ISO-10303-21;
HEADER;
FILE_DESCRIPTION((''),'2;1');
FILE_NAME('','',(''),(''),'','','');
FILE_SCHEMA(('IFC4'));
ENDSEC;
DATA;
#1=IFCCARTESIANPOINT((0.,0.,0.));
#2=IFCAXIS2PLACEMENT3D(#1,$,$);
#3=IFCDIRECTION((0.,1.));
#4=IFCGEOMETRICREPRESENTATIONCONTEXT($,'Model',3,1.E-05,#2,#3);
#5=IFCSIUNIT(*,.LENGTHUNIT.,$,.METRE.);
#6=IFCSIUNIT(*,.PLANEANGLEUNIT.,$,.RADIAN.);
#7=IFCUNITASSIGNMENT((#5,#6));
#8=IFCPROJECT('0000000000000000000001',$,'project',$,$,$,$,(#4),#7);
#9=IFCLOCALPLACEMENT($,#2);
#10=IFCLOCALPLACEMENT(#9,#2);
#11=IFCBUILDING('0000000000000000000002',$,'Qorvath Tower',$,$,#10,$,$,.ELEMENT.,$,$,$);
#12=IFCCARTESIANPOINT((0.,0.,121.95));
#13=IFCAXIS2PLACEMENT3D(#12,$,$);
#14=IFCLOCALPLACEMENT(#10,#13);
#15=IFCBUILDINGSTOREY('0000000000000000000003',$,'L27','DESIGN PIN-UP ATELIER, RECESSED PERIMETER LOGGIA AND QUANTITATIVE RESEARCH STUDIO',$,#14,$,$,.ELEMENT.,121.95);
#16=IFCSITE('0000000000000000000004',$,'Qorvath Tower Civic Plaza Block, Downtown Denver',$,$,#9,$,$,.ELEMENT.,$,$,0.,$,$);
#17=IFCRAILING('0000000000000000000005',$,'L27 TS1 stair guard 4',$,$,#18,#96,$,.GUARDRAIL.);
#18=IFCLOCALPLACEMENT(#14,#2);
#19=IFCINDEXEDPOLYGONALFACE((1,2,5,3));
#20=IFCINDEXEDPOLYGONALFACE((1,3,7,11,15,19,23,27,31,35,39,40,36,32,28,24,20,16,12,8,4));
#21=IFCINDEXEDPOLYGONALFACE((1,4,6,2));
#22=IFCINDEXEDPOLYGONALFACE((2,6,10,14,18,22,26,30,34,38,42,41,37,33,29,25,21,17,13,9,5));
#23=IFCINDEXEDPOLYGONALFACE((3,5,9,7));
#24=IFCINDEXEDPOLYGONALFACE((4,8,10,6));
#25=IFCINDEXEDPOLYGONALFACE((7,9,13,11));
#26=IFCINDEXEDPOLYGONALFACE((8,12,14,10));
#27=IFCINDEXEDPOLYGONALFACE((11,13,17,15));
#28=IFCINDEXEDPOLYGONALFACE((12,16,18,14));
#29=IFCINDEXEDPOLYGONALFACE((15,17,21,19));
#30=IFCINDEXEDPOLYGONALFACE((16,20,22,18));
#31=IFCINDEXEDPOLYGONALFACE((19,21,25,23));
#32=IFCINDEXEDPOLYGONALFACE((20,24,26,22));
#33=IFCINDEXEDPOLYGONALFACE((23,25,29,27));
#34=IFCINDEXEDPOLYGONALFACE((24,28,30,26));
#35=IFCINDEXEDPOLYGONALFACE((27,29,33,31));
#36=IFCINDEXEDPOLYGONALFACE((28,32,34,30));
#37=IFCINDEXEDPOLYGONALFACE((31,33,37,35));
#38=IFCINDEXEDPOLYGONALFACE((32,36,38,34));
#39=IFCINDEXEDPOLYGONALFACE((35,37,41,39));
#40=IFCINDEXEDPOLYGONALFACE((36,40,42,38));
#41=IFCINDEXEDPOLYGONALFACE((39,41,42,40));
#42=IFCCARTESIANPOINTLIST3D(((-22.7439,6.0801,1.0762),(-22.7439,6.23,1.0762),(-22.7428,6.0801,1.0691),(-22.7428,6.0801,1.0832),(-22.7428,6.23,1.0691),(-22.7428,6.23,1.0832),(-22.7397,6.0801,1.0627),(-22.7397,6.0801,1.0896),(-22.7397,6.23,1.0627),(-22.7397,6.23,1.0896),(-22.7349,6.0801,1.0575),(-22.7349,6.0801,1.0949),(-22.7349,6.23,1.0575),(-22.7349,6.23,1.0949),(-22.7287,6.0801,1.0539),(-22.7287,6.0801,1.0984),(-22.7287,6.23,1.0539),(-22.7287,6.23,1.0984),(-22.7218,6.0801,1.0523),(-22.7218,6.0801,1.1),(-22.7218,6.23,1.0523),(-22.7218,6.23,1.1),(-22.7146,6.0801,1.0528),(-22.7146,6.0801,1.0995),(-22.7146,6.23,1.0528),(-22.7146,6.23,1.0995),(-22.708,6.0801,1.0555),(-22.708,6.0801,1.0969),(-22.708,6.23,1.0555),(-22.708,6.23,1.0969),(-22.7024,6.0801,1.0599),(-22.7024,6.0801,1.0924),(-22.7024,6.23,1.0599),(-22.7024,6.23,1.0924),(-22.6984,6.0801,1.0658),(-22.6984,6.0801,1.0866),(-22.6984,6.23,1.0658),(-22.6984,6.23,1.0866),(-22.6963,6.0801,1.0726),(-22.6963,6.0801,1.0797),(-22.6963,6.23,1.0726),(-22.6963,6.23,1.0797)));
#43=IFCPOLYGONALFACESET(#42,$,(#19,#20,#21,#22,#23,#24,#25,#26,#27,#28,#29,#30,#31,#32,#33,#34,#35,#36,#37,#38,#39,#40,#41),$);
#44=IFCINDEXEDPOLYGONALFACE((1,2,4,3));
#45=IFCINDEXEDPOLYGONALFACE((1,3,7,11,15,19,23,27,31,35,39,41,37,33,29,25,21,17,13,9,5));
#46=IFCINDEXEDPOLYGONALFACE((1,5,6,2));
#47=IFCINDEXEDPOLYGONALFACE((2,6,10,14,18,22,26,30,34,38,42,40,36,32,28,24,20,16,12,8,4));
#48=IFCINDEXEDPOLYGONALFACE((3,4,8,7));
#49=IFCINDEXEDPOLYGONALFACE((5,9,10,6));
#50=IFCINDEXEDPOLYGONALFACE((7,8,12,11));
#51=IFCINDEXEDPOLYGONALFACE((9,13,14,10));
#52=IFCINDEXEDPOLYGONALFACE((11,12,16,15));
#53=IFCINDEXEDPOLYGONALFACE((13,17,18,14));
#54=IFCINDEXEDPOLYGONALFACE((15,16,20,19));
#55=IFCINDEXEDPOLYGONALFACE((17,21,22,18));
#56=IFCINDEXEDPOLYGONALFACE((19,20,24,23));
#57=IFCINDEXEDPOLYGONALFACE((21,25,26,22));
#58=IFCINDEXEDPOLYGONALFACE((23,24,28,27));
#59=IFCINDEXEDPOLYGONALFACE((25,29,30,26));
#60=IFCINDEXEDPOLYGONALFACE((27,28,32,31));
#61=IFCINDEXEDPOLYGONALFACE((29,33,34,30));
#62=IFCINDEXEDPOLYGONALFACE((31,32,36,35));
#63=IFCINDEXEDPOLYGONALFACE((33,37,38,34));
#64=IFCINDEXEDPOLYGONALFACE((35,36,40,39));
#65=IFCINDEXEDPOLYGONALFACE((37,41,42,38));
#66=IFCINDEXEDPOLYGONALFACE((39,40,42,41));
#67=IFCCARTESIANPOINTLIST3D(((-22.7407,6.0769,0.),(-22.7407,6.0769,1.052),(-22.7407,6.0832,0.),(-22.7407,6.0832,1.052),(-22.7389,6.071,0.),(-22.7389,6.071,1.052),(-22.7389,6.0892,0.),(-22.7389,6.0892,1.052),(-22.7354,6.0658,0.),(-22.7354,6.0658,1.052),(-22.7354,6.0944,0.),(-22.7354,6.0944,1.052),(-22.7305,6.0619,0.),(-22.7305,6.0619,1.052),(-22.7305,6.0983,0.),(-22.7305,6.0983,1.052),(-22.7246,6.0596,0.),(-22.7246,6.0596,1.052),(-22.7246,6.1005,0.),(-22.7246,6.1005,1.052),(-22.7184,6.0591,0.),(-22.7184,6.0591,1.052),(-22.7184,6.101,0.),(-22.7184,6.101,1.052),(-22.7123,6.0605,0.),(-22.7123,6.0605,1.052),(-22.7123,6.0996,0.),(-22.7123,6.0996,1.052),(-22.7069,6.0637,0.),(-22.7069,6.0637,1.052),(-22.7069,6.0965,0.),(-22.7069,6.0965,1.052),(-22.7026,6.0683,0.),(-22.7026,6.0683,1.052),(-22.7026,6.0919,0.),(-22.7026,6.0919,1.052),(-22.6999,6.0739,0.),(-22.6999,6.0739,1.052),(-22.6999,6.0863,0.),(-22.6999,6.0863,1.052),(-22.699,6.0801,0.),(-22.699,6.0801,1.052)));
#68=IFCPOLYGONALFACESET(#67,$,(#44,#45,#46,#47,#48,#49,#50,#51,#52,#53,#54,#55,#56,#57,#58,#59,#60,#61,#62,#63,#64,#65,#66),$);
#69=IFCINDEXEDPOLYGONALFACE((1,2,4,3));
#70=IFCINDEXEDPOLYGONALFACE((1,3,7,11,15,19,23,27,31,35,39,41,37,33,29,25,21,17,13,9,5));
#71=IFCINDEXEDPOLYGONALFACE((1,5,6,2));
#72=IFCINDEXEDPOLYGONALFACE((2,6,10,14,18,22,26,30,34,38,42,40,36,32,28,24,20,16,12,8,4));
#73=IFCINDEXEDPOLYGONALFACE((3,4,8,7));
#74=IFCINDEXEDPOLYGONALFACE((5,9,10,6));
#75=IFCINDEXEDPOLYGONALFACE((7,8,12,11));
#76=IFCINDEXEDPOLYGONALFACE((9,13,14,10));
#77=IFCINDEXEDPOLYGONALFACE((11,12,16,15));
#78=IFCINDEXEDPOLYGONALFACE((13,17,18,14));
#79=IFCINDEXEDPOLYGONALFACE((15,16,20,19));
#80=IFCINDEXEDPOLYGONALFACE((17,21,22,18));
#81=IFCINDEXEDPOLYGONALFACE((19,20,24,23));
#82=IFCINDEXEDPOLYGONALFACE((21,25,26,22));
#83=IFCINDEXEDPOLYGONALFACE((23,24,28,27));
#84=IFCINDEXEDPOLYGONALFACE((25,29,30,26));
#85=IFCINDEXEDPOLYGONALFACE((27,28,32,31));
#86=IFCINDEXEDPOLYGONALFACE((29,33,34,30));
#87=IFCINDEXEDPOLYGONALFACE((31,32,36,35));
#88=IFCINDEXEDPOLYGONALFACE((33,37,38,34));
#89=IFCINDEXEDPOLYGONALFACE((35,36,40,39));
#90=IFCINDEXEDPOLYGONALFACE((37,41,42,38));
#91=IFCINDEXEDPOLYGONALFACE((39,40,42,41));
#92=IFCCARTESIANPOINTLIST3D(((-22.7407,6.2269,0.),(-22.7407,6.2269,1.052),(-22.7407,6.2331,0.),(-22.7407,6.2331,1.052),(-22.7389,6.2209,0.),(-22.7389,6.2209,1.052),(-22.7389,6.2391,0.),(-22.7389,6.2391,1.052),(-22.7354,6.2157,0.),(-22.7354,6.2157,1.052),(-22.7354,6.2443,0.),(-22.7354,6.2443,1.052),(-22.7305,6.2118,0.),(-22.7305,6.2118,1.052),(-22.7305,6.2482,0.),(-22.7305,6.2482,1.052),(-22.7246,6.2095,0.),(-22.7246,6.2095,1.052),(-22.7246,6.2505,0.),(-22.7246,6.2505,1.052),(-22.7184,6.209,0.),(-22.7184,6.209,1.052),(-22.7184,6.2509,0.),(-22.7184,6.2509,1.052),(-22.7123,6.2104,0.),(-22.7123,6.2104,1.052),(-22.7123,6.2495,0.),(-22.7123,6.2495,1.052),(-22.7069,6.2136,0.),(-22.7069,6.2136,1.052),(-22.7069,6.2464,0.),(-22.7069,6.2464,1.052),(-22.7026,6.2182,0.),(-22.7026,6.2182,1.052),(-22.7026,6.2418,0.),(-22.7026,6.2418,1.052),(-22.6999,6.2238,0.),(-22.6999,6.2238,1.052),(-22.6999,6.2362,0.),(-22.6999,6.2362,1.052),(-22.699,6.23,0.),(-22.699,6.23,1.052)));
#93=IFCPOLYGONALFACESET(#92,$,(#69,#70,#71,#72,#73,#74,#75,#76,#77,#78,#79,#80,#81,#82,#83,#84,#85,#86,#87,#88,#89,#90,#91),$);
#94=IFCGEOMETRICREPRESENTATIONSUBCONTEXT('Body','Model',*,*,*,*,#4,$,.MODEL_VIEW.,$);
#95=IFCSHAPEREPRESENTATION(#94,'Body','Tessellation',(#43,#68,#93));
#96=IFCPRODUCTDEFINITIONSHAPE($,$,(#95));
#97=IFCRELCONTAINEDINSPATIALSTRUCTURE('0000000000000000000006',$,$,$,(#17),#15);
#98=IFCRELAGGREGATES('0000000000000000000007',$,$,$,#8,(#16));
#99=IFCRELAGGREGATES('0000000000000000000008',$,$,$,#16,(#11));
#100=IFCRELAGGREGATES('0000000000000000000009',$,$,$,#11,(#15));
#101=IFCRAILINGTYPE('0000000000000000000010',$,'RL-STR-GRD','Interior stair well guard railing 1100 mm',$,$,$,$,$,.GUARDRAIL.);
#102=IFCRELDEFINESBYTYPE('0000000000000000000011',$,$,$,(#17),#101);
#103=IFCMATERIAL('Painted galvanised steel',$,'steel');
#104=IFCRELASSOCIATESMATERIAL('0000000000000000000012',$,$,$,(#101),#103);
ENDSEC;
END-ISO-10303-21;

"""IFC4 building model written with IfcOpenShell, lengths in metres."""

from ifc_helpers import new_model, si_unit, direction, frame, origin, origin_2d, place, context, subcontext, project, spatial, circle, extrude, material, type_object, element, save


model = new_model("IFC4")

# Units and contexts
model_context = context("Model", 3, precision=1e-05, world=origin(), true_north=direction((0.0, 1.0)))
body_context = subcontext(model_context, "Body", "Model", "MODEL_VIEW")
ifc_project = project(units=[si_unit("LENGTHUNIT", "METRE"), si_unit("PLANEANGLEUNIT", "RADIAN")], contexts=[model_context])

# Site, building, storey
site_placement = place(None, origin())
site = spatial("IfcSite", under=ifc_project, at=site_placement, Name="Qorvath Tower Civic Plaza Block, Downtown Denver", CompositionType="ELEMENT", RefElevation=0.0)
building_placement = place(site_placement, origin())
building = spatial("IfcBuilding", under=site, at=building_placement, Name="Qorvath Tower", CompositionType="ELEMENT")
storey_placement = place(building_placement, frame((0.0, 0.0, 121.95)))
storey = spatial("IfcBuildingStorey", under=building, at=storey_placement, Name="L27", Description="DESIGN PIN-UP ATELIER, RECESSED PERIMETER LOGGIA AND QUANTITATIVE RESEARCH STUDIO", CompositionType="ELEMENT", Elevation=121.95)

# Railing
ifc_material_1 = material(Name="Painted galvanised steel", Category="steel")
railing_type_1 = type_object("IfcRailingType", Name="RL-STR-GRD", Description="Interior stair well guard railing 1100 mm", PredefinedType="GUARDRAIL", material=ifc_material_1)
railing_1_placement = place(storey_placement, frame((-22.72, 6.0801, 0.0)))
element("IfcRailing", 1, at=railing_1_placement, inside=storey, type_object=railing_type_1, Name="L27 TS1 stair guard 4", PredefinedType="GUARDRAIL", context=body_context, shape_type="SweptSolid", body=[
    extrude(circle(Radius=0.0239, at=origin_2d()), frame((0.0, 0.0, 1.0762), z_axis=(0.0, 1.0, 0.0), x_axis=(-1.0, 0.0, 0.0)), (0.0, 0.0, 1.0), 0.1499),
    extrude(circle(Radius=0.021, at=origin_2d()), origin(), (0.0, 0.0, 1.0), 1.052),
    extrude(circle(Radius=0.021, at=origin_2d()), frame((0.0, 0.1499, 0.0)), (0.0, 0.0, 1.0), 1.052),
])

save(model, "model.ifc")
